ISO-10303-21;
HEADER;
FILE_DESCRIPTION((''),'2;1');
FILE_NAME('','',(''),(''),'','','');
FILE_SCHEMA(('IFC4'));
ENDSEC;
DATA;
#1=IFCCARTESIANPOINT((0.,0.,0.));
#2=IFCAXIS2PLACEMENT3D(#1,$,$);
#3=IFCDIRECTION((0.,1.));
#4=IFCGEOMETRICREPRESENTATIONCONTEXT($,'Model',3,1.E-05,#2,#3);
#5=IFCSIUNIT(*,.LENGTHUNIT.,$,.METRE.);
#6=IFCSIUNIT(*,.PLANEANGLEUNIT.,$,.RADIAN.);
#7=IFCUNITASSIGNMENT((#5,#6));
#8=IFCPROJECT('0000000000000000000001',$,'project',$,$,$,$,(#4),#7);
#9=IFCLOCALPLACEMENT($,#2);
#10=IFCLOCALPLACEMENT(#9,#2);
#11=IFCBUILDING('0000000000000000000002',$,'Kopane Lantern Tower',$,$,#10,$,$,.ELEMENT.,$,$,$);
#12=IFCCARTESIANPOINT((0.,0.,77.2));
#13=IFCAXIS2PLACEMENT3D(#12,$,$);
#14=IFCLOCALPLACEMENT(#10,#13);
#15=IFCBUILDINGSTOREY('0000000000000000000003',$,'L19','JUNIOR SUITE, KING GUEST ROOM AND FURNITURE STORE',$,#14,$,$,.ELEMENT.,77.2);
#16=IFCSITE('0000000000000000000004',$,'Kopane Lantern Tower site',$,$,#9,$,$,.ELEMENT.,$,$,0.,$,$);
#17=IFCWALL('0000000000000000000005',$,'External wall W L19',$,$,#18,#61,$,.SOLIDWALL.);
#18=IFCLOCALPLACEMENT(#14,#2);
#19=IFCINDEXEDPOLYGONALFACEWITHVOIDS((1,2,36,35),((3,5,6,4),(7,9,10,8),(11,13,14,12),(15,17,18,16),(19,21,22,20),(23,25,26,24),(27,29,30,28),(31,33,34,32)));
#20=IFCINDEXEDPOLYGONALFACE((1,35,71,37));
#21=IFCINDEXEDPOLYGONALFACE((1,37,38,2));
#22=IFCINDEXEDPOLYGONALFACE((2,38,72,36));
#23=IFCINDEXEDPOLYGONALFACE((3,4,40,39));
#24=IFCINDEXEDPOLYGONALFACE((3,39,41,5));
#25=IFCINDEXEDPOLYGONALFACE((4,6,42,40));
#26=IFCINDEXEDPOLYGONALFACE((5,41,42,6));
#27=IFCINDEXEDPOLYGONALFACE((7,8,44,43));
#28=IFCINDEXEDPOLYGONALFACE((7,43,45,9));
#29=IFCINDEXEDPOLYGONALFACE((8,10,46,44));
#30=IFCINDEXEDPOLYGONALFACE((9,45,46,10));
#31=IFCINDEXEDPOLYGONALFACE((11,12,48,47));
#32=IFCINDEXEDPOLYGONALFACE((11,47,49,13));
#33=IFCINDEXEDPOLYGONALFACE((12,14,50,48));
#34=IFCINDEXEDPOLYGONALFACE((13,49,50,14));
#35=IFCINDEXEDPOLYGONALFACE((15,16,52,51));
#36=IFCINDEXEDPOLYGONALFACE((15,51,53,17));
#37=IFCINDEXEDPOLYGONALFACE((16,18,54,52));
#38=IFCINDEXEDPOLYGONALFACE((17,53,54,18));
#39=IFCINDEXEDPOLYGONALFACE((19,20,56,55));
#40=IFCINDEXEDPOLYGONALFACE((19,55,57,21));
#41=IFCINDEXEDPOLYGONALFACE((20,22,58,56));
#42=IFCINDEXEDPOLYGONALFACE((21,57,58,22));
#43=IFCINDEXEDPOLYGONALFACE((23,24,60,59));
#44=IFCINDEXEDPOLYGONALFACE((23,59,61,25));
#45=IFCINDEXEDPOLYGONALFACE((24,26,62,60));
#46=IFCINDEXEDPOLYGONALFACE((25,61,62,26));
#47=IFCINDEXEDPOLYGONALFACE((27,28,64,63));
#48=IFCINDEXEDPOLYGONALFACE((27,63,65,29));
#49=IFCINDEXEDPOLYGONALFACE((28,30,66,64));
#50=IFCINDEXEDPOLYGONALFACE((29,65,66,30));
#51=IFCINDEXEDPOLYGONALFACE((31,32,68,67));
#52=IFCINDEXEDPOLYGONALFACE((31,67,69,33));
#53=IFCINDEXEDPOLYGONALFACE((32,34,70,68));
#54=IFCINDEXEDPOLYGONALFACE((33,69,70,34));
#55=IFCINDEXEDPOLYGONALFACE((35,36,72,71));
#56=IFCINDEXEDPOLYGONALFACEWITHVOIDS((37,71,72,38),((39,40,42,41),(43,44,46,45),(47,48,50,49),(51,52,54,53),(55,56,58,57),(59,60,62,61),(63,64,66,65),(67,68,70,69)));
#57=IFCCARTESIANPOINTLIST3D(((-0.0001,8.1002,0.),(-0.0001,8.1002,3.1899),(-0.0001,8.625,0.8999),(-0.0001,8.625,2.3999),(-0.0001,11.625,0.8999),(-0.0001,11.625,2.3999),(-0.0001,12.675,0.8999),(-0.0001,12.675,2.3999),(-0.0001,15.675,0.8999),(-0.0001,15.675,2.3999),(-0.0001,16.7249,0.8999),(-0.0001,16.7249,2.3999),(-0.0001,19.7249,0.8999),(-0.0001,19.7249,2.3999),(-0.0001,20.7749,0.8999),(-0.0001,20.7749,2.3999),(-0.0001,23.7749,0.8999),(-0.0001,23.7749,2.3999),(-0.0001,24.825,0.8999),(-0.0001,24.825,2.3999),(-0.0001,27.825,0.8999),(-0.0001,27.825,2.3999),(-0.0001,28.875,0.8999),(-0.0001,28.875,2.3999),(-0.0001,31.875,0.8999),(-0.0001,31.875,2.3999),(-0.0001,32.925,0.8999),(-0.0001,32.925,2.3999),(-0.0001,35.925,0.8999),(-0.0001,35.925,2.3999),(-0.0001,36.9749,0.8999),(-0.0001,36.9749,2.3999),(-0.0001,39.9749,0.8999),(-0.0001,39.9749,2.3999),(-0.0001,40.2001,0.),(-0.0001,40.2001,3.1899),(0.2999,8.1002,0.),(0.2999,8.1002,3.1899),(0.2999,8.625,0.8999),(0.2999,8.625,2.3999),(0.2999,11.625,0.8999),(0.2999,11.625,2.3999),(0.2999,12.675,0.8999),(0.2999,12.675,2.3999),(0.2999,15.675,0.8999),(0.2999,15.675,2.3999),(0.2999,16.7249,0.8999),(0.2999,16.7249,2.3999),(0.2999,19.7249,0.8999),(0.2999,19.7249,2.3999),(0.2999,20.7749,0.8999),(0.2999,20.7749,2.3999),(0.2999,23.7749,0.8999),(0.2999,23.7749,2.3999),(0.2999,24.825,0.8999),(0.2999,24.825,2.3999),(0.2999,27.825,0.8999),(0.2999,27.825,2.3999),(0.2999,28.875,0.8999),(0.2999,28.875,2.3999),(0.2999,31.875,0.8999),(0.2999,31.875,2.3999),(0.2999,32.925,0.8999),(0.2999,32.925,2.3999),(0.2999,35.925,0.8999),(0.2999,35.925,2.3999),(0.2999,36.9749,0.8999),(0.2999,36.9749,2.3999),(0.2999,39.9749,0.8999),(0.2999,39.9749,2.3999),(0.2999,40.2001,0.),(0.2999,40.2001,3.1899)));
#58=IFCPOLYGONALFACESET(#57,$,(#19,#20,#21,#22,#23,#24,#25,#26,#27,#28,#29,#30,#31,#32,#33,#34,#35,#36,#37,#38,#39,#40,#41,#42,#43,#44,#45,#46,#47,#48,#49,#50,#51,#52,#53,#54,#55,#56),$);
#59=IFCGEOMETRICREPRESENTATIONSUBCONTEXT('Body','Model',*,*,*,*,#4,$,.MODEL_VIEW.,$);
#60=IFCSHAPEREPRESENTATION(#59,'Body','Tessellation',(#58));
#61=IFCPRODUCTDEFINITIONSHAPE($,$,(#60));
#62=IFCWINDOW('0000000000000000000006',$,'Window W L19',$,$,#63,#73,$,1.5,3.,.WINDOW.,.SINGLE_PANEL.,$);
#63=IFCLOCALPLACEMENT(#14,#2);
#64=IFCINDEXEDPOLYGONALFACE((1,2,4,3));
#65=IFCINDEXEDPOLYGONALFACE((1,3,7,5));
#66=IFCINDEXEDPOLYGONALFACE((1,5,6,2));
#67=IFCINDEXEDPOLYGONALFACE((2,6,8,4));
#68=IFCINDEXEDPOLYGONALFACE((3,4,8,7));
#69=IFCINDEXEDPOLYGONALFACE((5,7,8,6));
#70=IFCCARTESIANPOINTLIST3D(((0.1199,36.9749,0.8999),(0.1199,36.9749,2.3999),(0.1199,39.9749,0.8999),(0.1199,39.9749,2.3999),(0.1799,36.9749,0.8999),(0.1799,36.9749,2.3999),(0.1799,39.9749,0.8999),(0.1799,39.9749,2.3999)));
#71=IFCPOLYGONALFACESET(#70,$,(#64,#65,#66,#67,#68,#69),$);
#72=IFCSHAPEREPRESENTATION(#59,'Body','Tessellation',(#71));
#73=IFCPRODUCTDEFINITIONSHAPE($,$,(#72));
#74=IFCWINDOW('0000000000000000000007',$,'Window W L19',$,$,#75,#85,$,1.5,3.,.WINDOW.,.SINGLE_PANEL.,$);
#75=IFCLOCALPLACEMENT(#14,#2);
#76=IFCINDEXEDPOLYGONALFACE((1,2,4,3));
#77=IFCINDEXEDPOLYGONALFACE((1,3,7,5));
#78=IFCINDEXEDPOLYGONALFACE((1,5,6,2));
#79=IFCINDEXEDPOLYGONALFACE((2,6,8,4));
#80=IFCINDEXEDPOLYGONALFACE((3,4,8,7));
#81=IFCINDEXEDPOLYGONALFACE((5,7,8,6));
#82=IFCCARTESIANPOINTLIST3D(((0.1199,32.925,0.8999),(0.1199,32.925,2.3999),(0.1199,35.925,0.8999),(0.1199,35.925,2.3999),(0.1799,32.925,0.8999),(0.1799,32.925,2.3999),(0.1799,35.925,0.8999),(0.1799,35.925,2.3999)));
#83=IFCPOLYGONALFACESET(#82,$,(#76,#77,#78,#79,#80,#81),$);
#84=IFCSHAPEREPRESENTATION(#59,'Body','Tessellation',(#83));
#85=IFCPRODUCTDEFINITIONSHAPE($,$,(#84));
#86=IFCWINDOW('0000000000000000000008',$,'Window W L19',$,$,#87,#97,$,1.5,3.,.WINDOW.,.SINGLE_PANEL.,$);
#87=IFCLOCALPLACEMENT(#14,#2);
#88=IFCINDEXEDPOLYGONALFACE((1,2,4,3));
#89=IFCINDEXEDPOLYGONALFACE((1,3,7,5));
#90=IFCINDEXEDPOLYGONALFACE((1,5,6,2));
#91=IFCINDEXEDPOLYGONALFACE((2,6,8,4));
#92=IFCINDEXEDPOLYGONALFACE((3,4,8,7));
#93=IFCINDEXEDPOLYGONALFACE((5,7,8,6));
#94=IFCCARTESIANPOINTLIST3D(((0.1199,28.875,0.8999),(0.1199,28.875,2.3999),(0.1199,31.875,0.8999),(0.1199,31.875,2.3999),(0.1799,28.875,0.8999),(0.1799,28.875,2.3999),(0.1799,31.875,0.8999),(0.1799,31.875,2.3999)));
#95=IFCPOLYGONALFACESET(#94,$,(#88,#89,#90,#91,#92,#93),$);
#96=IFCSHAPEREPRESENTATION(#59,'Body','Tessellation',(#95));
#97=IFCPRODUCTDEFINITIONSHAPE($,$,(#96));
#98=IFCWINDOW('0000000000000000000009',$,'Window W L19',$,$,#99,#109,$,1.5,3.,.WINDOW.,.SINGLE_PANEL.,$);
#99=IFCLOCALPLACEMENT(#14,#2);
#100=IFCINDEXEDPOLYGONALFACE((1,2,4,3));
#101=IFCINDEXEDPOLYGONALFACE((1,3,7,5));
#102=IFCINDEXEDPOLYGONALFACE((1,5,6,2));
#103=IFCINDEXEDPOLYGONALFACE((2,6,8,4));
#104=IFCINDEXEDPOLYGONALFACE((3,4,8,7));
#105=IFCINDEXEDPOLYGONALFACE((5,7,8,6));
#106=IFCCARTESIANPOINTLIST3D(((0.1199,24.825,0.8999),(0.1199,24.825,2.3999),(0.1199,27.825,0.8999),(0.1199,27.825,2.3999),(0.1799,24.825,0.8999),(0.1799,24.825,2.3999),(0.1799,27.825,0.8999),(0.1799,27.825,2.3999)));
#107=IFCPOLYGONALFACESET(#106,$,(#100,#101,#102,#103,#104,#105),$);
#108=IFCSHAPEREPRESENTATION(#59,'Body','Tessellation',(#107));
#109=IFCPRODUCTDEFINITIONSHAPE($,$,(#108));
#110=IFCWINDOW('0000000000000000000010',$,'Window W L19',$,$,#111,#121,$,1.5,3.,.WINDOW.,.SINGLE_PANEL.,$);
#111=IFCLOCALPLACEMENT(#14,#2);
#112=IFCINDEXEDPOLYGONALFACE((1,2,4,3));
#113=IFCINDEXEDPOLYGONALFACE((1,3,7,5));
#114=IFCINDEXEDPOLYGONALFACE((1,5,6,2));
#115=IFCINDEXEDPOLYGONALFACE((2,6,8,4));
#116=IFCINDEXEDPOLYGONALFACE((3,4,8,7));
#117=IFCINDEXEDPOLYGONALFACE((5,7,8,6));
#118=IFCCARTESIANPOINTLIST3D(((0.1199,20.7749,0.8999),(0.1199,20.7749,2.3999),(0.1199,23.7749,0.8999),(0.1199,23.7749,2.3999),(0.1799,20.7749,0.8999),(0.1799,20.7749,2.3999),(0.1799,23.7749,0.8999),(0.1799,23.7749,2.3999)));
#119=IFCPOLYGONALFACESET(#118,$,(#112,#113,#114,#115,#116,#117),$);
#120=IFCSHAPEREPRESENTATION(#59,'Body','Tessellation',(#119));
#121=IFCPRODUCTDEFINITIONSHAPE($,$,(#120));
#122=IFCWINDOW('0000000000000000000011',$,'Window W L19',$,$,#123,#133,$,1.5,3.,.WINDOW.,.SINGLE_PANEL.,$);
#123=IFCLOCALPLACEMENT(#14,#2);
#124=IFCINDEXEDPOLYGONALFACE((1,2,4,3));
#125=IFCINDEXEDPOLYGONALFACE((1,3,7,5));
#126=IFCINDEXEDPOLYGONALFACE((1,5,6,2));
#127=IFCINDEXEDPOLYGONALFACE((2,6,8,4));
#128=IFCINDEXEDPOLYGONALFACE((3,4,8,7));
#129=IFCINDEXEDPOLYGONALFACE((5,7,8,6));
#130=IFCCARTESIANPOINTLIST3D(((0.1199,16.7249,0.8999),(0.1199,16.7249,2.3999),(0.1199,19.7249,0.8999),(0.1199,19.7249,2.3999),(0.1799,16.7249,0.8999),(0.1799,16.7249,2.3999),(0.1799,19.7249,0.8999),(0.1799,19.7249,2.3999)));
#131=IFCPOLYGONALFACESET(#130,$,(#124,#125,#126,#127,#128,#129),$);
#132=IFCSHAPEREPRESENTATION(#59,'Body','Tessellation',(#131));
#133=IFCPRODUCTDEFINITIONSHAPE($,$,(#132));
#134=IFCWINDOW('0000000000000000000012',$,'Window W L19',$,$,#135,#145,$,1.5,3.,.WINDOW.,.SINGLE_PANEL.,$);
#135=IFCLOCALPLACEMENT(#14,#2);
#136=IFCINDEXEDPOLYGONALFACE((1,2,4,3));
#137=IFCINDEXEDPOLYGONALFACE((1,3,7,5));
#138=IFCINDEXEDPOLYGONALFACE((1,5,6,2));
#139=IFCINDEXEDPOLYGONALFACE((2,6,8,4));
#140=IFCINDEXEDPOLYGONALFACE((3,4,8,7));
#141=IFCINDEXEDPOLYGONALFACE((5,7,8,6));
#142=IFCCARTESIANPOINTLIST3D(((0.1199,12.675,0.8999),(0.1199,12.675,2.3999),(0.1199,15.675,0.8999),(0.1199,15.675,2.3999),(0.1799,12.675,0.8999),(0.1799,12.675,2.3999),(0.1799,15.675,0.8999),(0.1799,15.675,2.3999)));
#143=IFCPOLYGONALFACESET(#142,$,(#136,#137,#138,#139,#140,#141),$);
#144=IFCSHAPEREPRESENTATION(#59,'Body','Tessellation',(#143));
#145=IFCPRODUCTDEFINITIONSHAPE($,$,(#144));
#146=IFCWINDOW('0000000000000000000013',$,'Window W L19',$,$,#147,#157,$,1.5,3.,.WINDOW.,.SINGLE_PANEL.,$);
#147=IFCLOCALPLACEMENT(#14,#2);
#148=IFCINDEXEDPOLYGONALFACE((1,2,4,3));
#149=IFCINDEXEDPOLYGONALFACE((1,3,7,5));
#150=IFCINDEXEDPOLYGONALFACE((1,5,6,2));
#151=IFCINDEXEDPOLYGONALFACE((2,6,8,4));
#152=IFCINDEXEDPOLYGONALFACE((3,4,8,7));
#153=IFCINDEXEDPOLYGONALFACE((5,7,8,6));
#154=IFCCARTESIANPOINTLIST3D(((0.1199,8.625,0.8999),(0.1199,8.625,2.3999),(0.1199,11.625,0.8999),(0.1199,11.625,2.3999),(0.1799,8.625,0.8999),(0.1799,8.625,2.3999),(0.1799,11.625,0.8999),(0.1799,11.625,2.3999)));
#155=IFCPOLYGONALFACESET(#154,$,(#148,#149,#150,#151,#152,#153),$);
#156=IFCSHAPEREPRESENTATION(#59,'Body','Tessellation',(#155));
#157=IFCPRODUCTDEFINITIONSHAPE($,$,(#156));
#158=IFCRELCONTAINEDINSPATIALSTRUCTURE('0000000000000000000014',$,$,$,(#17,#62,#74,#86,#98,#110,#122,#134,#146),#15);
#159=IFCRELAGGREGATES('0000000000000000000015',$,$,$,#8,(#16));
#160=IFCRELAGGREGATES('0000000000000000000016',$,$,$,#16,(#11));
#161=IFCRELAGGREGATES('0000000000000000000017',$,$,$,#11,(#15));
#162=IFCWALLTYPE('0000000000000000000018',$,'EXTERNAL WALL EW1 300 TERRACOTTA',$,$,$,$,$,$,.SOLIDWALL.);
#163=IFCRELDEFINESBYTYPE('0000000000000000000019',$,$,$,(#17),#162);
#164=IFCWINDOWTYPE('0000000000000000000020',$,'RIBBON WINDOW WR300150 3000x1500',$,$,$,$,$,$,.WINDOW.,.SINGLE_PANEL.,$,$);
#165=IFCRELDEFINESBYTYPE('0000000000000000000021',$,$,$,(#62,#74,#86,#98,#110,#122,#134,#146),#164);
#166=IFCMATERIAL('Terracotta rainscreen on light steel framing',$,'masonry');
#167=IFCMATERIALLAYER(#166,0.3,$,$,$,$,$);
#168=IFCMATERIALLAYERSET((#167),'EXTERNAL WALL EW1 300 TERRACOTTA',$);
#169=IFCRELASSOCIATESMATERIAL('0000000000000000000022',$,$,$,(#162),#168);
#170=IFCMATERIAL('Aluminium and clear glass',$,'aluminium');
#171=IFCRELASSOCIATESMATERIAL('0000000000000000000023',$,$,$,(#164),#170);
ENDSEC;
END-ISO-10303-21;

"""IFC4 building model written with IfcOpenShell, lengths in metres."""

from ifc_helpers import new_model, si_unit, direction, frame, frame_2d, origin, place, context, subcontext, project, spatial, rectangle, extrude, material, layer, layer_set, type_object, element, fill, save


model = new_model("IFC4")

# Units and contexts
model_context = context("Model", 3, precision=1e-05, world=origin(), true_north=direction((0.0, 1.0)))
body_context = subcontext(model_context, "Body", "Model", "MODEL_VIEW")
ifc_project = project(units=[si_unit("LENGTHUNIT", "METRE"), si_unit("PLANEANGLEUNIT", "RADIAN")], contexts=[model_context])

# Site, building, storey
site_placement = place(None, origin())
site = spatial("IfcSite", under=ifc_project, at=site_placement, Name="Kopane Lantern Tower site", CompositionType="ELEMENT", RefElevation=0.0)
building_placement = place(site_placement, origin())
building = spatial("IfcBuilding", under=site, at=building_placement, Name="Kopane Lantern Tower", CompositionType="ELEMENT")
storey_placement = place(building_placement, frame((0.0, 0.0, 77.2)))
storey = spatial("IfcBuildingStorey", under=building, at=storey_placement, Name="L19", Description="JUNIOR SUITE, KING GUEST ROOM AND FURNITURE STORE", CompositionType="ELEMENT", Elevation=77.2)

# Shared definitions
ifc_material_1 = material(Name="Terracotta rainscreen on light steel framing", Category="masonry")
ifc_layer_1 = layer(ifc_material_1, 0.3)
ifc_layer_set_1 = layer_set([ifc_layer_1], Name="EXTERNAL WALL EW1 300 TERRACOTTA")
wall_type_1 = type_object("IfcWallType", Name="EXTERNAL WALL EW1 300 TERRACOTTA", PredefinedType="SOLIDWALL", material=ifc_layer_set_1)
ifc_material_2 = material(Name="Aluminium and clear glass", Category="aluminium")
window_type = type_object("IfcWindowType", Name="RIBBON WINDOW WR300150 3000x1500", PartitioningType="SINGLE_PANEL", PredefinedType="WINDOW", material=ifc_material_2)

# Wall, openings, windows
wall_1_placement = place(storey_placement, frame((0.1499, 40.2, 0.0), z_axis=(0.0, 0.0, 1.0), x_axis=(0.0, -1.0, 0.0)))
wall_1 = element("IfcWall", 1, at=wall_1_placement, inside=storey, type_object=wall_type_1, Name="External wall W L19", PredefinedType="SOLIDWALL", context=body_context, shape_type="SweptSolid", body=[
    extrude(rectangle(XDim=32.0999, YDim=0.3, at=frame_2d((16.0498, 0.0))), origin(), (0.0, 0.0, 1.0), 3.1899),
])
opening_1_placement = place(wall_1_placement, frame((0.2251, 0.0, 0.8999)))
opening_1 = element("IfcOpeningElement", 2, at=opening_1_placement, cuts=wall_1, PredefinedType="OPENING", context=body_context, shape_type="SweptSolid", body=[
    extrude(rectangle(XDim=3.0, YDim=1.5, at=frame_2d((1.5, 0.75))), frame((0.0, 0.1599, 0.0), z_axis=(0.0, -1.0, 0.0), x_axis=(1.0, 0.0, 0.0)), (0.0, 0.0, 1.0), 0.3201),
])
opening_2_placement = place(wall_1_placement, frame((4.2749, 0.0, 0.8999)))
opening_2 = element("IfcOpeningElement", 3, at=opening_2_placement, cuts=wall_1, PredefinedType="OPENING", context=body_context, shape_type="SweptSolid", body=[
    extrude(rectangle(XDim=3.0, YDim=1.5, at=frame_2d((1.5, 0.75))), frame((0.0, 0.1599, 0.0), z_axis=(0.0, -1.0, 0.0), x_axis=(1.0, 0.0, 0.0)), (0.0, 0.0, 1.0), 0.3201),
])
opening_3_placement = place(wall_1_placement, frame((8.325, 0.0, 0.8999)))
opening_3 = element("IfcOpeningElement", 4, at=opening_3_placement, cuts=wall_1, PredefinedType="OPENING", context=body_context, shape_type="SweptSolid", body=[
    extrude(rectangle(XDim=3.0, YDim=1.5, at=frame_2d((1.5, 0.75))), frame((0.0, 0.1599, 0.0), z_axis=(0.0, -1.0, 0.0), x_axis=(1.0, 0.0, 0.0)), (0.0, 0.0, 1.0), 0.3201),
])
opening_4_placement = place(wall_1_placement, frame((12.375, 0.0, 0.8999)))
opening_4 = element("IfcOpeningElement", 5, at=opening_4_placement, cuts=wall_1, PredefinedType="OPENING", context=body_context, shape_type="SweptSolid", body=[
    extrude(rectangle(XDim=3.0, YDim=1.5, at=frame_2d((1.5, 0.75))), frame((0.0, 0.1599, 0.0), z_axis=(0.0, -1.0, 0.0), x_axis=(1.0, 0.0, 0.0)), (0.0, 0.0, 1.0), 0.3201),
])
opening_5_placement = place(wall_1_placement, frame((16.425, 0.0, 0.8999)))
opening_5 = element("IfcOpeningElement", 6, at=opening_5_placement, cuts=wall_1, PredefinedType="OPENING", context=body_context, shape_type="SweptSolid", body=[
    extrude(rectangle(XDim=3.0, YDim=1.5, at=frame_2d((1.5, 0.75))), frame((0.0, 0.1599, 0.0), z_axis=(0.0, -1.0, 0.0), x_axis=(1.0, 0.0, 0.0)), (0.0, 0.0, 1.0), 0.3201),
])
opening_6_placement = place(wall_1_placement, frame((20.4751, 0.0, 0.8999)))
opening_6 = element("IfcOpeningElement", 7, at=opening_6_placement, cuts=wall_1, PredefinedType="OPENING", context=body_context, shape_type="SweptSolid", body=[
    extrude(rectangle(XDim=3.0, YDim=1.5, at=frame_2d((1.5, 0.75))), frame((0.0, 0.1599, 0.0), z_axis=(0.0, -1.0, 0.0), x_axis=(1.0, 0.0, 0.0)), (0.0, 0.0, 1.0), 0.3201),
])
opening_7_placement = place(wall_1_placement, frame((24.5249, 0.0, 0.8999)))
opening_7 = element("IfcOpeningElement", 8, at=opening_7_placement, cuts=wall_1, PredefinedType="OPENING", context=body_context, shape_type="SweptSolid", body=[
    extrude(rectangle(XDim=3.0, YDim=1.5, at=frame_2d((1.5, 0.75))), frame((0.0, 0.1599, 0.0), z_axis=(0.0, -1.0, 0.0), x_axis=(1.0, 0.0, 0.0)), (0.0, 0.0, 1.0), 0.3201),
])
opening_8_placement = place(wall_1_placement, frame((28.575, 0.0, 0.8999)))
opening_8 = element("IfcOpeningElement", 9, at=opening_8_placement, cuts=wall_1, PredefinedType="OPENING", context=body_context, shape_type="SweptSolid", body=[
    extrude(rectangle(XDim=3.0, YDim=1.5, at=frame_2d((1.5, 0.75))), frame((0.0, 0.1599, 0.0), z_axis=(0.0, -1.0, 0.0), x_axis=(1.0, 0.0, 0.0)), (0.0, 0.0, 1.0), 0.3201),
])
window_1_placement = place(opening_1_placement, origin())
window_1 = element("IfcWindow", 10, at=window_1_placement, inside=storey, type_object=window_type, Name="Window W L19", OverallHeight=1.5, OverallWidth=3.0, PartitioningType="SINGLE_PANEL", PredefinedType="WINDOW", context=body_context, shape_type="SweptSolid", body=[
    extrude(rectangle(XDim=3.0, YDim=1.5, at=frame_2d((1.5, 0.75))), frame((0.0, 0.03, 0.0), z_axis=(0.0, -1.0, 0.0), x_axis=(1.0, 0.0, 0.0)), (0.0, 0.0, 1.0), 0.0601),
])
fill(opening_1, window_1)
window_2_placement = place(opening_2_placement, origin())
window_2 = element("IfcWindow", 11, at=window_2_placement, inside=storey, type_object=window_type, Name="Window W L19", OverallHeight=1.5, OverallWidth=3.0, PartitioningType="SINGLE_PANEL", PredefinedType="WINDOW", context=body_context, shape_type="SweptSolid", body=[
    extrude(rectangle(XDim=3.0, YDim=1.5, at=frame_2d((1.5, 0.75))), frame((0.0, 0.03, 0.0), z_axis=(0.0, -1.0, 0.0), x_axis=(1.0, 0.0, 0.0)), (0.0, 0.0, 1.0), 0.0601),
])
fill(opening_2, window_2)
window_3_placement = place(opening_3_placement, origin())
window_3 = element("IfcWindow", 12, at=window_3_placement, inside=storey, type_object=window_type, Name="Window W L19", OverallHeight=1.5, OverallWidth=3.0, PartitioningType="SINGLE_PANEL", PredefinedType="WINDOW", context=body_context, shape_type="SweptSolid", body=[
    extrude(rectangle(XDim=3.0, YDim=1.5, at=frame_2d((1.5, 0.75))), frame((0.0, 0.03, 0.0), z_axis=(0.0, -1.0, 0.0), x_axis=(1.0, 0.0, 0.0)), (0.0, 0.0, 1.0), 0.0601),
])
fill(opening_3, window_3)
window_4_placement = place(opening_4_placement, origin())
window_4 = element("IfcWindow", 13, at=window_4_placement, inside=storey, type_object=window_type, Name="Window W L19", OverallHeight=1.5, OverallWidth=3.0, PartitioningType="SINGLE_PANEL", PredefinedType="WINDOW", context=body_context, shape_type="SweptSolid", body=[
    extrude(rectangle(XDim=3.0, YDim=1.5, at=frame_2d((1.5, 0.75))), frame((0.0, 0.03, 0.0), z_axis=(0.0, -1.0, 0.0), x_axis=(1.0, 0.0, 0.0)), (0.0, 0.0, 1.0), 0.0601),
])
fill(opening_4, window_4)
window_5_placement = place(opening_5_placement, origin())
window_5 = element("IfcWindow", 14, at=window_5_placement, inside=storey, type_object=window_type, Name="Window W L19", OverallHeight=1.5, OverallWidth=3.0, PartitioningType="SINGLE_PANEL", PredefinedType="WINDOW", context=body_context, shape_type="SweptSolid", body=[
    extrude(rectangle(XDim=3.0, YDim=1.5, at=frame_2d((1.5, 0.75))), frame((0.0, 0.03, 0.0), z_axis=(0.0, -1.0, 0.0), x_axis=(1.0, 0.0, 0.0)), (0.0, 0.0, 1.0), 0.0601),
])
fill(opening_5, window_5)
window_6_placement = place(opening_6_placement, origin())
window_6 = element("IfcWindow", 15, at=window_6_placement, inside=storey, type_object=window_type, Name="Window W L19", OverallHeight=1.5, OverallWidth=3.0, PartitioningType="SINGLE_PANEL", PredefinedType="WINDOW", context=body_context, shape_type="SweptSolid", body=[
    extrude(rectangle(XDim=3.0, YDim=1.5, at=frame_2d((1.5, 0.75))), frame((0.0, 0.03, 0.0), z_axis=(0.0, -1.0, 0.0), x_axis=(1.0, 0.0, 0.0)), (0.0, 0.0, 1.0), 0.0601),
])
fill(opening_6, window_6)
window_7_placement = place(opening_7_placement, origin())
window_7 = element("IfcWindow", 16, at=window_7_placement, inside=storey, type_object=window_type, Name="Window W L19", OverallHeight=1.5, OverallWidth=3.0, PartitioningType="SINGLE_PANEL", PredefinedType="WINDOW", context=body_context, shape_type="SweptSolid", body=[
    extrude(rectangle(XDim=3.0, YDim=1.5, at=frame_2d((1.5, 0.75))), frame((0.0, 0.03, 0.0), z_axis=(0.0, -1.0, 0.0), x_axis=(1.0, 0.0, 0.0)), (0.0, 0.0, 1.0), 0.0601),
])
fill(opening_7, window_7)
window_8_placement = place(opening_8_placement, origin())
window_8 = element("IfcWindow", 17, at=window_8_placement, inside=storey, type_object=window_type, Name="Window W L19", OverallHeight=1.5, OverallWidth=3.0, PartitioningType="SINGLE_PANEL", PredefinedType="WINDOW", context=body_context, shape_type="SweptSolid", body=[
    extrude(rectangle(XDim=3.0, YDim=1.5, at=frame_2d((1.5, 0.75))), frame((0.0, 0.03, 0.0), z_axis=(0.0, -1.0, 0.0), x_axis=(1.0, 0.0, 0.0)), (0.0, 0.0, 1.0), 0.0601),
])
fill(opening_8, window_8)

save(model, "model.ifc")
